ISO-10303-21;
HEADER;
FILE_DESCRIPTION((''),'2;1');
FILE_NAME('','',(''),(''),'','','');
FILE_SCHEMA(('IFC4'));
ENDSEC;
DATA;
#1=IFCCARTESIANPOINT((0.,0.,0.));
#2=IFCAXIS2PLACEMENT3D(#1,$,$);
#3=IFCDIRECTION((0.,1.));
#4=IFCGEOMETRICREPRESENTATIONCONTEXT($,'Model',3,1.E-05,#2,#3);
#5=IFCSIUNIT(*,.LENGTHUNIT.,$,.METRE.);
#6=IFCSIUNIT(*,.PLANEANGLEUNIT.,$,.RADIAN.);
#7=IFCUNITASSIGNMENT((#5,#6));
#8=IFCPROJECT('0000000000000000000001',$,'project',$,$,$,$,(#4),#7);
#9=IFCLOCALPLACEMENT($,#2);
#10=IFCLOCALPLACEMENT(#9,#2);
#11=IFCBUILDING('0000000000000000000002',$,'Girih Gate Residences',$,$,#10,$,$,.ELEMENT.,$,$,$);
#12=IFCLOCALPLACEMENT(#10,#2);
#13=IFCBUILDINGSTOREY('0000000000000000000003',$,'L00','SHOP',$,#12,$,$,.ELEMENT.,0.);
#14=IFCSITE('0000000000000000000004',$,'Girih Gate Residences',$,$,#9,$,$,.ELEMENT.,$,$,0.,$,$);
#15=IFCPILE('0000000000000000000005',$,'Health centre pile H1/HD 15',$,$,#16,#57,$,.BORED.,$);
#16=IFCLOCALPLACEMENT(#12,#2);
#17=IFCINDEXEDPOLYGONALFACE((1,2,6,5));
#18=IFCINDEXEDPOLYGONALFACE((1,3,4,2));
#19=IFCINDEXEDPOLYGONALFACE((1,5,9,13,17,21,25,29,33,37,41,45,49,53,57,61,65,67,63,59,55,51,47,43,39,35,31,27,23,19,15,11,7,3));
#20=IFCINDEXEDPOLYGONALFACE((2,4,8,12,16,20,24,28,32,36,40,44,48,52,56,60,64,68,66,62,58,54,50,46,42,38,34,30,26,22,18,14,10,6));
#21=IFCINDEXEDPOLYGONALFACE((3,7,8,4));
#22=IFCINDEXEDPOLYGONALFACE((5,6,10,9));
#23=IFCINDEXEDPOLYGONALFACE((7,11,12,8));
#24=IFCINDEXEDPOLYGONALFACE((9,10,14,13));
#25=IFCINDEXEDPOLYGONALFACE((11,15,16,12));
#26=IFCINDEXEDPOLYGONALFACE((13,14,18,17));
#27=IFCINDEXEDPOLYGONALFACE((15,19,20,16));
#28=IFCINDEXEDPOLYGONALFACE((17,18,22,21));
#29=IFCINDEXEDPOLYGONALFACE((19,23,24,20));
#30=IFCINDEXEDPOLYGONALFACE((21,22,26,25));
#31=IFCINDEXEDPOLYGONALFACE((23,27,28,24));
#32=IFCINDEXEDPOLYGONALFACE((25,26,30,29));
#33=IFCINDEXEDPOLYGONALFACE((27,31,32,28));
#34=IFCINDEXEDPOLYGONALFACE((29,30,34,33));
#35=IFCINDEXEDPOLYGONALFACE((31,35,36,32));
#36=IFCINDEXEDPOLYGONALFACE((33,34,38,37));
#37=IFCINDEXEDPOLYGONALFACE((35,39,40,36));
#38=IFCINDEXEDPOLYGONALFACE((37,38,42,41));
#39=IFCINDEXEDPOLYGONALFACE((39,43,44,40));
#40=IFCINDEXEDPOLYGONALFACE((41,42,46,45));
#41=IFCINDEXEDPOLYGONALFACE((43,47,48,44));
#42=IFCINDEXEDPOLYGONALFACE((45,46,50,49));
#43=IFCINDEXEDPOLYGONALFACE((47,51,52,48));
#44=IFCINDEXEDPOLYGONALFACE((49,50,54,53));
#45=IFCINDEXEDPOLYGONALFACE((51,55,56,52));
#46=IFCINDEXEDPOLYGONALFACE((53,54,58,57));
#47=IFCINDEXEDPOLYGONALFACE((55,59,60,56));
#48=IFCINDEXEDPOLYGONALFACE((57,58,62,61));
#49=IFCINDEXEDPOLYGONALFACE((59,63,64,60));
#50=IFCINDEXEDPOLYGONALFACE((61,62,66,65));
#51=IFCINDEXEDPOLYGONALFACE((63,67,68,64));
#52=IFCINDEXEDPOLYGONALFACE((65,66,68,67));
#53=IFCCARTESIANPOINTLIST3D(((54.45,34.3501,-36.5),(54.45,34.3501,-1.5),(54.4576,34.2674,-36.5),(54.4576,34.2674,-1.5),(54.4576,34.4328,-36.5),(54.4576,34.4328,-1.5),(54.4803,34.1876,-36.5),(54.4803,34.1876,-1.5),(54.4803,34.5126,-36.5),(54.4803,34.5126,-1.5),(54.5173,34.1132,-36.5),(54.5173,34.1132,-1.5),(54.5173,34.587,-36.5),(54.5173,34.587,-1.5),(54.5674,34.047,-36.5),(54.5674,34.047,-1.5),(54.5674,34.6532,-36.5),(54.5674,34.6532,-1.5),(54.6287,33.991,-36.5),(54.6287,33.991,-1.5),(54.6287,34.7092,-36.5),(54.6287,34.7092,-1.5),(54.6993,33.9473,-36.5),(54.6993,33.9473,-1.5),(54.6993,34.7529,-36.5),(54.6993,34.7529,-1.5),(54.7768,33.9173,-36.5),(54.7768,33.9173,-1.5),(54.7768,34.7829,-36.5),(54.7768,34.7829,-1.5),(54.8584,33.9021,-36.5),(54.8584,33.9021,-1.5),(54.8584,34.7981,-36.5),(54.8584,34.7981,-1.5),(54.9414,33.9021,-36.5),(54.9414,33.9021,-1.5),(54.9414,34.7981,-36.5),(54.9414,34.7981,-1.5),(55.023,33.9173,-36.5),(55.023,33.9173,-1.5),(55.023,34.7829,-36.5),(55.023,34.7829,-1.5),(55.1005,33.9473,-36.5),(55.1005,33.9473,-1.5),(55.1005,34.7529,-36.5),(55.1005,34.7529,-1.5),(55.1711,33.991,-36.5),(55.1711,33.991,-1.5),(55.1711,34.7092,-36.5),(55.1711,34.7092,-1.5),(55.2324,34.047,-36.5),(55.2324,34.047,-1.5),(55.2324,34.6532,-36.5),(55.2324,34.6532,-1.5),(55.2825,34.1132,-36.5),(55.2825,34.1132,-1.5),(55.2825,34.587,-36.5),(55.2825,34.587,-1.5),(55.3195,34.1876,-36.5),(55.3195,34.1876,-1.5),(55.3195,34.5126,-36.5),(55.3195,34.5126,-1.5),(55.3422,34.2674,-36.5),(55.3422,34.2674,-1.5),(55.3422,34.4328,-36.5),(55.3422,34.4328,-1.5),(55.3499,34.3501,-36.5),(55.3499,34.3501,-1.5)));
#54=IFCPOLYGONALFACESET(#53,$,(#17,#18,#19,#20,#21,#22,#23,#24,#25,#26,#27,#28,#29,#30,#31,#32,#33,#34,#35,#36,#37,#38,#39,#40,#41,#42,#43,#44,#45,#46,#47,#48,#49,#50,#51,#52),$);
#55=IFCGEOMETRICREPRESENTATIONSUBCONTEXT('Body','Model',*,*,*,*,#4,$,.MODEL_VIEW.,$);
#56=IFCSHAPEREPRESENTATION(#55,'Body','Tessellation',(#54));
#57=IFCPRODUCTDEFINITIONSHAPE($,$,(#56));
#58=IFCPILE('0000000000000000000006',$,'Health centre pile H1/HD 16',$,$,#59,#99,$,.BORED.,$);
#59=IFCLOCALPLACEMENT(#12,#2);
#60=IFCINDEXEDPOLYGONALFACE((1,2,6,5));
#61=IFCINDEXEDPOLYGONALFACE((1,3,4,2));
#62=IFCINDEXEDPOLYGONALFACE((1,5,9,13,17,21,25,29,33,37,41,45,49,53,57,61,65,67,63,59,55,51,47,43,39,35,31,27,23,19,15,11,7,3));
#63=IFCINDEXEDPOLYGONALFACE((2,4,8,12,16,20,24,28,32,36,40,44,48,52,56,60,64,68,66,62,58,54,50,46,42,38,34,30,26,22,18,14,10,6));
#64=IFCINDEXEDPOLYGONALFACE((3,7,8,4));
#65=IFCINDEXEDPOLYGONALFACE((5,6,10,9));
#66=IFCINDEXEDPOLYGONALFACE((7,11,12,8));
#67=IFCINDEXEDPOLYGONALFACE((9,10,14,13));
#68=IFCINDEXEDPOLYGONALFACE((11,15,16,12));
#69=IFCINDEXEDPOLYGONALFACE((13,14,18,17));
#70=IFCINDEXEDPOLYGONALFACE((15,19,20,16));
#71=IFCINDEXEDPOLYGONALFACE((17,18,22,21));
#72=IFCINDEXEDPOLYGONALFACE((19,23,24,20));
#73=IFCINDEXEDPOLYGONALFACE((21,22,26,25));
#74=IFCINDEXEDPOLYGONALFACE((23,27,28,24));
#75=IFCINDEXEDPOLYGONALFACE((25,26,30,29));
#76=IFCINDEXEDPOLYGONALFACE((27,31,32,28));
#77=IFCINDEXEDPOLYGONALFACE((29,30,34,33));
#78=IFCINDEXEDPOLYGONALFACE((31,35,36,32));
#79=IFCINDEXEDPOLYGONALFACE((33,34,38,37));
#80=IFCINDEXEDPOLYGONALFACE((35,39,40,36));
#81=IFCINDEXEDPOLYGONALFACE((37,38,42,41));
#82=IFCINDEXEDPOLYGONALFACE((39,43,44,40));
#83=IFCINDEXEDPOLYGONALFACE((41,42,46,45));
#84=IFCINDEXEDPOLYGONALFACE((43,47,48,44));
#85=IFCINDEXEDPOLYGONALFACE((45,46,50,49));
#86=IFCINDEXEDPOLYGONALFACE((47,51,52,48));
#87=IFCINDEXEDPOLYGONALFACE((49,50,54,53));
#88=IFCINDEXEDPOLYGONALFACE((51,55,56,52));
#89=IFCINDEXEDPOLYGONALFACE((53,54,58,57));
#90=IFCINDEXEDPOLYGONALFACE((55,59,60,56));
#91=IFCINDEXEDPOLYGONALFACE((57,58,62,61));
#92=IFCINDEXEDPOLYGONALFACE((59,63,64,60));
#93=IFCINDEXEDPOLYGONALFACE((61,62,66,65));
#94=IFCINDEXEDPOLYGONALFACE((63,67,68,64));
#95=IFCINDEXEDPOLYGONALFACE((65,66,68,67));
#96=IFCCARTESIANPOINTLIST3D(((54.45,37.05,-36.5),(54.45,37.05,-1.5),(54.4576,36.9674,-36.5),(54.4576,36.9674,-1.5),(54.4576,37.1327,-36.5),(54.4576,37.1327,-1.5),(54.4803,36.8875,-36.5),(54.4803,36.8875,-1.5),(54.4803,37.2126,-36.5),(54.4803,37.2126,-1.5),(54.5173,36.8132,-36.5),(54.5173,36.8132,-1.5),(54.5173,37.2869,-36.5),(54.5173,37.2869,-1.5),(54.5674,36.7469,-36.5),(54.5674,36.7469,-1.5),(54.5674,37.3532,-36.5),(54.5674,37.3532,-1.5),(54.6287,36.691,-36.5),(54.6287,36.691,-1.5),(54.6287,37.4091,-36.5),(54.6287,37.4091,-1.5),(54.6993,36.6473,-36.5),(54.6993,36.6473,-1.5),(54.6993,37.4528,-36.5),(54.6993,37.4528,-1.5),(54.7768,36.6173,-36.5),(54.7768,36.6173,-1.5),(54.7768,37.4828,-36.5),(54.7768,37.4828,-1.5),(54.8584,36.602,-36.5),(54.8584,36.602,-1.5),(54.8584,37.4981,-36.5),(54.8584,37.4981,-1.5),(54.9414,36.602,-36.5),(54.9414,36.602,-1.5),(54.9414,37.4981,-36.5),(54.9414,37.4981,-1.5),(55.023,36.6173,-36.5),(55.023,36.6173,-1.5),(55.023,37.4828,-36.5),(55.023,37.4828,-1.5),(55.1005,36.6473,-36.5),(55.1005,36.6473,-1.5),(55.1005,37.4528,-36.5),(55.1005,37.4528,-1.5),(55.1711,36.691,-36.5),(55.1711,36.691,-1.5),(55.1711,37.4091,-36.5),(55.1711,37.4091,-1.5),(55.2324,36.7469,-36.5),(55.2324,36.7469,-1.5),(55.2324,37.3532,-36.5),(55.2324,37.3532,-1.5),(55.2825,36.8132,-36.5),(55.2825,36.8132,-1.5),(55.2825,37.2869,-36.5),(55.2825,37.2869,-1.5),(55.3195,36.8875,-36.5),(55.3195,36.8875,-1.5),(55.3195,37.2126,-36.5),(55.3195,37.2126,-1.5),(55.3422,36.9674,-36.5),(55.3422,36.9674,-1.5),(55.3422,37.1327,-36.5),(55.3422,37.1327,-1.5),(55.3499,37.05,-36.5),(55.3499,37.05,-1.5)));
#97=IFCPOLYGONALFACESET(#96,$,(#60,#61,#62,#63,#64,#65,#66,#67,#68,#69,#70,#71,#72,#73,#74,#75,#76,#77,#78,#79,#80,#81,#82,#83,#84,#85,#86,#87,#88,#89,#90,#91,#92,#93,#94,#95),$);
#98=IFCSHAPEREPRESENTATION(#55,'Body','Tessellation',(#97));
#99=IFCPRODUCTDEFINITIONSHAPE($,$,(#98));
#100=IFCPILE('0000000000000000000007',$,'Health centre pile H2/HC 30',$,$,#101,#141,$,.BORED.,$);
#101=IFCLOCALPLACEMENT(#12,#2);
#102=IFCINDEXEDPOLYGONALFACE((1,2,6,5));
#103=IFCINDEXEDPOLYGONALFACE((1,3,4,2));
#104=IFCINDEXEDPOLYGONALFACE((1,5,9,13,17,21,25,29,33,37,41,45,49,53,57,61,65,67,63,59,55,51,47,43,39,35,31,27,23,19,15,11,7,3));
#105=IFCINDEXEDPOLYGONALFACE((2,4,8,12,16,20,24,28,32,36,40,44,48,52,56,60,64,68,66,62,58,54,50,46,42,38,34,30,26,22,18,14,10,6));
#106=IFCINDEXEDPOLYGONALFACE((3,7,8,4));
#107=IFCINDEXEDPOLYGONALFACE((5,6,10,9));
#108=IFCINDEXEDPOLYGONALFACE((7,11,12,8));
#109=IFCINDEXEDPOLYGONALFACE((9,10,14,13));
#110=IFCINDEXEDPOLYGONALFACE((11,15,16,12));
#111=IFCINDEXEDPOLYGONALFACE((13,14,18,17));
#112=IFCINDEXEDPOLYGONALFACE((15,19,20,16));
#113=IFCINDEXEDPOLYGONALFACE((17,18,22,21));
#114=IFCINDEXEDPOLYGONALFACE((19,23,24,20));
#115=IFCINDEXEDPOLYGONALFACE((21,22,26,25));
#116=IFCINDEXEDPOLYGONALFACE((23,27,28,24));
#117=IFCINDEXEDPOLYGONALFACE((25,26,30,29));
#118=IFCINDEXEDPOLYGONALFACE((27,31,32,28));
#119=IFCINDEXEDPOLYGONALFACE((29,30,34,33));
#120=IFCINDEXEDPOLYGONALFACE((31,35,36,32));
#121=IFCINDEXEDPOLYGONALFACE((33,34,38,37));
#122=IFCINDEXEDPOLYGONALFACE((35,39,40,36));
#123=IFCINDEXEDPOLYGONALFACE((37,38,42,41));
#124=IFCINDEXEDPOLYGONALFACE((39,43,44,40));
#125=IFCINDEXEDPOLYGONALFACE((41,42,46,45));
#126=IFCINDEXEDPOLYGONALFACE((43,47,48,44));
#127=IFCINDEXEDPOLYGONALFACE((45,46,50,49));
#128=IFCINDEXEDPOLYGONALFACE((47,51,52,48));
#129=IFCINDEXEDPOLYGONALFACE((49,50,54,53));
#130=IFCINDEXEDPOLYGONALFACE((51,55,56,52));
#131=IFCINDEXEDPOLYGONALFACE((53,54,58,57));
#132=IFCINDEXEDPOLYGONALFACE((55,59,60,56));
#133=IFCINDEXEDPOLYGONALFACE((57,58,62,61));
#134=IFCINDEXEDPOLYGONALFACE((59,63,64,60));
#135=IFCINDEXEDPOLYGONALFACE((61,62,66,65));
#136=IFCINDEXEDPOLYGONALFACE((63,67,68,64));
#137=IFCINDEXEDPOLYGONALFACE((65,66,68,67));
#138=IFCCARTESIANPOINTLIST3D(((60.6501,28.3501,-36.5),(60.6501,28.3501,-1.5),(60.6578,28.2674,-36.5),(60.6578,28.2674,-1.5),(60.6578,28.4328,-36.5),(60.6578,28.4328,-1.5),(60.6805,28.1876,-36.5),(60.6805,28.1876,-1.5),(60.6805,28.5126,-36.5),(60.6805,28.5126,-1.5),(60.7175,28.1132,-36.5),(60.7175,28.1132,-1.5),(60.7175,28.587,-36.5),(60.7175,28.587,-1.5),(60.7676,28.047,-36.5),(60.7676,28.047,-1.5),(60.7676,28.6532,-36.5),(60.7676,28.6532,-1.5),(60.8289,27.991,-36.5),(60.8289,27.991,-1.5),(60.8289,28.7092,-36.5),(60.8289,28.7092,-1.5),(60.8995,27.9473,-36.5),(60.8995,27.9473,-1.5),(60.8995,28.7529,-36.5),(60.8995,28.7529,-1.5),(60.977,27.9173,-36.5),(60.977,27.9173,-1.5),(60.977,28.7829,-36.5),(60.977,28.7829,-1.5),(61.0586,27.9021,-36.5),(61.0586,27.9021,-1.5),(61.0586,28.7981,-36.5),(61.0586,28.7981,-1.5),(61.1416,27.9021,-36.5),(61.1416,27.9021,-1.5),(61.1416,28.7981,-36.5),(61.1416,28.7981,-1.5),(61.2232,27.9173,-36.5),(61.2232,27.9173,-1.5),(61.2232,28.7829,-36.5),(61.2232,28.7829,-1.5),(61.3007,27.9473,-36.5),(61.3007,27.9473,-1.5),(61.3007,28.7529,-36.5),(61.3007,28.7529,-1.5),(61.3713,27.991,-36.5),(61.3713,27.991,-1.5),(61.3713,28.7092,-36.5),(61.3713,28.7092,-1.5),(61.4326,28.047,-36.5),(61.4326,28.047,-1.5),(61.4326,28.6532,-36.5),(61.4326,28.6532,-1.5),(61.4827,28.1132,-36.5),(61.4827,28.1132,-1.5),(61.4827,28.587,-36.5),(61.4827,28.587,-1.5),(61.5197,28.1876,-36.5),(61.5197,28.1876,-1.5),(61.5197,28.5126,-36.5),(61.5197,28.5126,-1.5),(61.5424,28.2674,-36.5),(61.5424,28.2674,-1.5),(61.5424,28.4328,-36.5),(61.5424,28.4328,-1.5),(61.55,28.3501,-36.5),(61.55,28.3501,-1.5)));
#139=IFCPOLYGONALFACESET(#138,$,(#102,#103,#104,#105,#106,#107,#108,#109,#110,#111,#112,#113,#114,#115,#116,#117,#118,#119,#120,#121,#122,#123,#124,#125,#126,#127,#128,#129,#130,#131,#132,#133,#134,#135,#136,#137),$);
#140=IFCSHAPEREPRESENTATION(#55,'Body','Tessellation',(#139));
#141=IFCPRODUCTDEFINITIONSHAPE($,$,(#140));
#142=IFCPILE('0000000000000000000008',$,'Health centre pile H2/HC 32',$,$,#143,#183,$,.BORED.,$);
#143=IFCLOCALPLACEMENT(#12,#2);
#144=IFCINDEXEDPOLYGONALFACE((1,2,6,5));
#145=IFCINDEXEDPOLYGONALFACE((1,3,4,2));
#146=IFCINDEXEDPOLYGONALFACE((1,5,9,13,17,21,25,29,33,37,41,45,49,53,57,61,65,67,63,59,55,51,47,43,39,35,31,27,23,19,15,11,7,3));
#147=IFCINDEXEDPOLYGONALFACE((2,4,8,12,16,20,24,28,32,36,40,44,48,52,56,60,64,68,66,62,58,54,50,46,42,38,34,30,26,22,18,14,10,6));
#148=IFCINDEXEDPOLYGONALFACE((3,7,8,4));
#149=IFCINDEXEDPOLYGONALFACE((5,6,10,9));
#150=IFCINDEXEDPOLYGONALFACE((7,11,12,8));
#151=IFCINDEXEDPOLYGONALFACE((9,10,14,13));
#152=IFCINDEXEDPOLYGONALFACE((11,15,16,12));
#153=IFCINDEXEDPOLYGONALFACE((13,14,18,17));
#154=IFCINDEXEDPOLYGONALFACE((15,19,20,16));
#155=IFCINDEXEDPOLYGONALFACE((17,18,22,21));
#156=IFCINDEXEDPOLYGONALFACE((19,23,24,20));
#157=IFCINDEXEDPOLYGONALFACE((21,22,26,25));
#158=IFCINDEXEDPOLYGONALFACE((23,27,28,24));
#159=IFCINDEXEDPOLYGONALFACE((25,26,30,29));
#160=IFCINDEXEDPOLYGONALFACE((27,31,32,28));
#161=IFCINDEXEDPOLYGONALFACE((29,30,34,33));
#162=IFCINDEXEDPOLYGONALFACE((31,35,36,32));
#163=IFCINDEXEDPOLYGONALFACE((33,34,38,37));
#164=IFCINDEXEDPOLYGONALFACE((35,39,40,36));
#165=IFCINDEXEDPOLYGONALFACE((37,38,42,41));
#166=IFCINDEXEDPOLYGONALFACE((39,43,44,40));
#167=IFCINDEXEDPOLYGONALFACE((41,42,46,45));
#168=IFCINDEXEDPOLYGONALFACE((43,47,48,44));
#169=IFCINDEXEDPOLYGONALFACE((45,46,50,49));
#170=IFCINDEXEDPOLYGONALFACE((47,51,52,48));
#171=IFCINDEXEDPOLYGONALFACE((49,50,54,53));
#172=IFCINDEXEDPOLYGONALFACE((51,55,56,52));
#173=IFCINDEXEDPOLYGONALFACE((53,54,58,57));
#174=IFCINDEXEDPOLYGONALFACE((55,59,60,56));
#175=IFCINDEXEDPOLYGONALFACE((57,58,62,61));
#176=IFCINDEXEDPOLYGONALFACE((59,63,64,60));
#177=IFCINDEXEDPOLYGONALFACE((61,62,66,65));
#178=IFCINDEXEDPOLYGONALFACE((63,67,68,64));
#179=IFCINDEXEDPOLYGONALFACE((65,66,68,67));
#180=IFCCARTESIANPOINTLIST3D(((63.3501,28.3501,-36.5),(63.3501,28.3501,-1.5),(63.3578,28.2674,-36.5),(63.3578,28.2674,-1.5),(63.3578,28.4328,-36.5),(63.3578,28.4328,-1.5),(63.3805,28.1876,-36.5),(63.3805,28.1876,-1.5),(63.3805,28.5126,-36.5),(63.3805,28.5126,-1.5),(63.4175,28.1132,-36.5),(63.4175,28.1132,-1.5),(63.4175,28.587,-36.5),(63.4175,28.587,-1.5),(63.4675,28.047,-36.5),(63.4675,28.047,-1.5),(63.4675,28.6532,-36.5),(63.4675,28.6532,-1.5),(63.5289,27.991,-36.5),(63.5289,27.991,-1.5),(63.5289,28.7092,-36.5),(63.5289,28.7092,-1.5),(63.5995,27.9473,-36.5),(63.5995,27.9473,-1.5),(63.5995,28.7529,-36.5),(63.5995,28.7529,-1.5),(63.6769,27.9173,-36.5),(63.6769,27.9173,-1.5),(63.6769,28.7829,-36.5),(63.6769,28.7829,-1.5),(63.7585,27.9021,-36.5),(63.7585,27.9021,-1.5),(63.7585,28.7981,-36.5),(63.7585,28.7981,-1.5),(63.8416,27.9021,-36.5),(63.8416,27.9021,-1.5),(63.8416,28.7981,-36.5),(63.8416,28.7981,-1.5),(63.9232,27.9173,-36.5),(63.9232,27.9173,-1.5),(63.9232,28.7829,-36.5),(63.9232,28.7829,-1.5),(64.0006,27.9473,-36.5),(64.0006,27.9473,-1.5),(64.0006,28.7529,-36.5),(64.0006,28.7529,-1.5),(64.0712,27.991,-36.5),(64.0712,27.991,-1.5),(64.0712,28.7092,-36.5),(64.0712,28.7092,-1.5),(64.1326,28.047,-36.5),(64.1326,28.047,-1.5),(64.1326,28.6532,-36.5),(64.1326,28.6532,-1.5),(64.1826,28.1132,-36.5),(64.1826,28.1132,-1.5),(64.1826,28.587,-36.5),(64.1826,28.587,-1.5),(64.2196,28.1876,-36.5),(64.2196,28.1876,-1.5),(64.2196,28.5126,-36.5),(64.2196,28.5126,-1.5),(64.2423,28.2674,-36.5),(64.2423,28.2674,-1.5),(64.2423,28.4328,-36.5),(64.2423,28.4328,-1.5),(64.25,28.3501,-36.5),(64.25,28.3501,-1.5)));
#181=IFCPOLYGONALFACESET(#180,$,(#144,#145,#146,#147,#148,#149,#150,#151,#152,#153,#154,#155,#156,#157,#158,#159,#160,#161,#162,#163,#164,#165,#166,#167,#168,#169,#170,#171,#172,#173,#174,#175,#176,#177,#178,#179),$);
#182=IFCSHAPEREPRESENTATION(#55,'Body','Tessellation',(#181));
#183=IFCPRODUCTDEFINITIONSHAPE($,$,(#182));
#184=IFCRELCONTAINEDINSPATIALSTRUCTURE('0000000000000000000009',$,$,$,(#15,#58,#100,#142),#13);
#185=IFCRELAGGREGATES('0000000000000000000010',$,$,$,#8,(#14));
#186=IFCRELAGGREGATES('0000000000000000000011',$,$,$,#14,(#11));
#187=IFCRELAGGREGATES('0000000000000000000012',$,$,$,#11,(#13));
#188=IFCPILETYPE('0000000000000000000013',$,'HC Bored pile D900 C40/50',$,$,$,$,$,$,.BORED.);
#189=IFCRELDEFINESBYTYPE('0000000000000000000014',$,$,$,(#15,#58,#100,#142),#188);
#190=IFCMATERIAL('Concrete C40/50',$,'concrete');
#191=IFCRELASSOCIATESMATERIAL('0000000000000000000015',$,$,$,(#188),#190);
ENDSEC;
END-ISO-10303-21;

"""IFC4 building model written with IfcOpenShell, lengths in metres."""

from ifc_helpers import new_model, si_unit, direction, frame, origin, origin_2d, place, context, subcontext, project, spatial, circle, extrude, material, material_profile, profile_set, type_object, element, save


model = new_model("IFC4")

# Units and contexts
model_context = context("Model", 3, precision=1e-05, world=origin(), true_north=direction((0.0, 1.0)))
body_context = subcontext(model_context, "Body", "Model", "MODEL_VIEW")
ifc_project = project(units=[si_unit("LENGTHUNIT", "METRE"), si_unit("PLANEANGLEUNIT", "RADIAN")], contexts=[model_context])

# Site, building, storey
site_placement = place(None, origin())
site = spatial("IfcSite", under=ifc_project, at=site_placement, Name="Girih Gate Residences", CompositionType="ELEMENT", RefElevation=0.0)
building_placement = place(site_placement, origin())
building = spatial("IfcBuilding", under=site, at=building_placement, Name="Girih Gate Residences", CompositionType="ELEMENT")
storey_placement = place(building_placement, origin())
storey = spatial("IfcBuildingStorey", under=building, at=storey_placement, Name="L00", Description="SHOP", CompositionType="ELEMENT", Elevation=0.0)

# Piles
ifc_material_1 = material(Name="Concrete C40/50", Category="concrete")
ifc_material_profile_1 = material_profile(ifc_material_1, circle(Radius=0.45, at=origin_2d()))
ifc_profile_set_1 = profile_set([ifc_material_profile_1], Name="Concrete C40/50")
pile_type = type_object("IfcPileType", Name="HC Bored pile D900 C40/50", PredefinedType="BORED", material=ifc_profile_set_1)
for number, where, z_axis, x_axis, name in (
    (1, (54.8999, 34.3501, -1.5), (0.0, 0.0, -1.0), (1.0, 0.0, 0.0), "Health centre pile H1/HD 15"),
    (2, (54.8999, 37.05, -1.5), (0.0, 0.0, -1.0), (1.0, 0.0, 0.0), "Health centre pile H1/HD 16"),
    (3, (61.1001, 28.3501, -1.5), (0.0, 0.0, -1.0), (1.0, 0.0, 0.0), "Health centre pile H2/HC 30"),
    (4, (63.8, 28.3501, -1.5), (0.0, 0.0, -1.0), (1.0, 0.0, 0.0), "Health centre pile H2/HC 32"),
):
    element("IfcPile", number, at=place(storey_placement, frame(where, z_axis=z_axis, x_axis=x_axis)), inside=storey, type_object=pile_type, Name=name, PredefinedType="BORED", context=body_context, shape_type="SweptSolid", body=[
        extrude(circle(Radius=0.45, at=origin_2d()), origin(), (0.0, 0.0, 1.0), 35.0),
    ])

save(model, "model.ifc")
